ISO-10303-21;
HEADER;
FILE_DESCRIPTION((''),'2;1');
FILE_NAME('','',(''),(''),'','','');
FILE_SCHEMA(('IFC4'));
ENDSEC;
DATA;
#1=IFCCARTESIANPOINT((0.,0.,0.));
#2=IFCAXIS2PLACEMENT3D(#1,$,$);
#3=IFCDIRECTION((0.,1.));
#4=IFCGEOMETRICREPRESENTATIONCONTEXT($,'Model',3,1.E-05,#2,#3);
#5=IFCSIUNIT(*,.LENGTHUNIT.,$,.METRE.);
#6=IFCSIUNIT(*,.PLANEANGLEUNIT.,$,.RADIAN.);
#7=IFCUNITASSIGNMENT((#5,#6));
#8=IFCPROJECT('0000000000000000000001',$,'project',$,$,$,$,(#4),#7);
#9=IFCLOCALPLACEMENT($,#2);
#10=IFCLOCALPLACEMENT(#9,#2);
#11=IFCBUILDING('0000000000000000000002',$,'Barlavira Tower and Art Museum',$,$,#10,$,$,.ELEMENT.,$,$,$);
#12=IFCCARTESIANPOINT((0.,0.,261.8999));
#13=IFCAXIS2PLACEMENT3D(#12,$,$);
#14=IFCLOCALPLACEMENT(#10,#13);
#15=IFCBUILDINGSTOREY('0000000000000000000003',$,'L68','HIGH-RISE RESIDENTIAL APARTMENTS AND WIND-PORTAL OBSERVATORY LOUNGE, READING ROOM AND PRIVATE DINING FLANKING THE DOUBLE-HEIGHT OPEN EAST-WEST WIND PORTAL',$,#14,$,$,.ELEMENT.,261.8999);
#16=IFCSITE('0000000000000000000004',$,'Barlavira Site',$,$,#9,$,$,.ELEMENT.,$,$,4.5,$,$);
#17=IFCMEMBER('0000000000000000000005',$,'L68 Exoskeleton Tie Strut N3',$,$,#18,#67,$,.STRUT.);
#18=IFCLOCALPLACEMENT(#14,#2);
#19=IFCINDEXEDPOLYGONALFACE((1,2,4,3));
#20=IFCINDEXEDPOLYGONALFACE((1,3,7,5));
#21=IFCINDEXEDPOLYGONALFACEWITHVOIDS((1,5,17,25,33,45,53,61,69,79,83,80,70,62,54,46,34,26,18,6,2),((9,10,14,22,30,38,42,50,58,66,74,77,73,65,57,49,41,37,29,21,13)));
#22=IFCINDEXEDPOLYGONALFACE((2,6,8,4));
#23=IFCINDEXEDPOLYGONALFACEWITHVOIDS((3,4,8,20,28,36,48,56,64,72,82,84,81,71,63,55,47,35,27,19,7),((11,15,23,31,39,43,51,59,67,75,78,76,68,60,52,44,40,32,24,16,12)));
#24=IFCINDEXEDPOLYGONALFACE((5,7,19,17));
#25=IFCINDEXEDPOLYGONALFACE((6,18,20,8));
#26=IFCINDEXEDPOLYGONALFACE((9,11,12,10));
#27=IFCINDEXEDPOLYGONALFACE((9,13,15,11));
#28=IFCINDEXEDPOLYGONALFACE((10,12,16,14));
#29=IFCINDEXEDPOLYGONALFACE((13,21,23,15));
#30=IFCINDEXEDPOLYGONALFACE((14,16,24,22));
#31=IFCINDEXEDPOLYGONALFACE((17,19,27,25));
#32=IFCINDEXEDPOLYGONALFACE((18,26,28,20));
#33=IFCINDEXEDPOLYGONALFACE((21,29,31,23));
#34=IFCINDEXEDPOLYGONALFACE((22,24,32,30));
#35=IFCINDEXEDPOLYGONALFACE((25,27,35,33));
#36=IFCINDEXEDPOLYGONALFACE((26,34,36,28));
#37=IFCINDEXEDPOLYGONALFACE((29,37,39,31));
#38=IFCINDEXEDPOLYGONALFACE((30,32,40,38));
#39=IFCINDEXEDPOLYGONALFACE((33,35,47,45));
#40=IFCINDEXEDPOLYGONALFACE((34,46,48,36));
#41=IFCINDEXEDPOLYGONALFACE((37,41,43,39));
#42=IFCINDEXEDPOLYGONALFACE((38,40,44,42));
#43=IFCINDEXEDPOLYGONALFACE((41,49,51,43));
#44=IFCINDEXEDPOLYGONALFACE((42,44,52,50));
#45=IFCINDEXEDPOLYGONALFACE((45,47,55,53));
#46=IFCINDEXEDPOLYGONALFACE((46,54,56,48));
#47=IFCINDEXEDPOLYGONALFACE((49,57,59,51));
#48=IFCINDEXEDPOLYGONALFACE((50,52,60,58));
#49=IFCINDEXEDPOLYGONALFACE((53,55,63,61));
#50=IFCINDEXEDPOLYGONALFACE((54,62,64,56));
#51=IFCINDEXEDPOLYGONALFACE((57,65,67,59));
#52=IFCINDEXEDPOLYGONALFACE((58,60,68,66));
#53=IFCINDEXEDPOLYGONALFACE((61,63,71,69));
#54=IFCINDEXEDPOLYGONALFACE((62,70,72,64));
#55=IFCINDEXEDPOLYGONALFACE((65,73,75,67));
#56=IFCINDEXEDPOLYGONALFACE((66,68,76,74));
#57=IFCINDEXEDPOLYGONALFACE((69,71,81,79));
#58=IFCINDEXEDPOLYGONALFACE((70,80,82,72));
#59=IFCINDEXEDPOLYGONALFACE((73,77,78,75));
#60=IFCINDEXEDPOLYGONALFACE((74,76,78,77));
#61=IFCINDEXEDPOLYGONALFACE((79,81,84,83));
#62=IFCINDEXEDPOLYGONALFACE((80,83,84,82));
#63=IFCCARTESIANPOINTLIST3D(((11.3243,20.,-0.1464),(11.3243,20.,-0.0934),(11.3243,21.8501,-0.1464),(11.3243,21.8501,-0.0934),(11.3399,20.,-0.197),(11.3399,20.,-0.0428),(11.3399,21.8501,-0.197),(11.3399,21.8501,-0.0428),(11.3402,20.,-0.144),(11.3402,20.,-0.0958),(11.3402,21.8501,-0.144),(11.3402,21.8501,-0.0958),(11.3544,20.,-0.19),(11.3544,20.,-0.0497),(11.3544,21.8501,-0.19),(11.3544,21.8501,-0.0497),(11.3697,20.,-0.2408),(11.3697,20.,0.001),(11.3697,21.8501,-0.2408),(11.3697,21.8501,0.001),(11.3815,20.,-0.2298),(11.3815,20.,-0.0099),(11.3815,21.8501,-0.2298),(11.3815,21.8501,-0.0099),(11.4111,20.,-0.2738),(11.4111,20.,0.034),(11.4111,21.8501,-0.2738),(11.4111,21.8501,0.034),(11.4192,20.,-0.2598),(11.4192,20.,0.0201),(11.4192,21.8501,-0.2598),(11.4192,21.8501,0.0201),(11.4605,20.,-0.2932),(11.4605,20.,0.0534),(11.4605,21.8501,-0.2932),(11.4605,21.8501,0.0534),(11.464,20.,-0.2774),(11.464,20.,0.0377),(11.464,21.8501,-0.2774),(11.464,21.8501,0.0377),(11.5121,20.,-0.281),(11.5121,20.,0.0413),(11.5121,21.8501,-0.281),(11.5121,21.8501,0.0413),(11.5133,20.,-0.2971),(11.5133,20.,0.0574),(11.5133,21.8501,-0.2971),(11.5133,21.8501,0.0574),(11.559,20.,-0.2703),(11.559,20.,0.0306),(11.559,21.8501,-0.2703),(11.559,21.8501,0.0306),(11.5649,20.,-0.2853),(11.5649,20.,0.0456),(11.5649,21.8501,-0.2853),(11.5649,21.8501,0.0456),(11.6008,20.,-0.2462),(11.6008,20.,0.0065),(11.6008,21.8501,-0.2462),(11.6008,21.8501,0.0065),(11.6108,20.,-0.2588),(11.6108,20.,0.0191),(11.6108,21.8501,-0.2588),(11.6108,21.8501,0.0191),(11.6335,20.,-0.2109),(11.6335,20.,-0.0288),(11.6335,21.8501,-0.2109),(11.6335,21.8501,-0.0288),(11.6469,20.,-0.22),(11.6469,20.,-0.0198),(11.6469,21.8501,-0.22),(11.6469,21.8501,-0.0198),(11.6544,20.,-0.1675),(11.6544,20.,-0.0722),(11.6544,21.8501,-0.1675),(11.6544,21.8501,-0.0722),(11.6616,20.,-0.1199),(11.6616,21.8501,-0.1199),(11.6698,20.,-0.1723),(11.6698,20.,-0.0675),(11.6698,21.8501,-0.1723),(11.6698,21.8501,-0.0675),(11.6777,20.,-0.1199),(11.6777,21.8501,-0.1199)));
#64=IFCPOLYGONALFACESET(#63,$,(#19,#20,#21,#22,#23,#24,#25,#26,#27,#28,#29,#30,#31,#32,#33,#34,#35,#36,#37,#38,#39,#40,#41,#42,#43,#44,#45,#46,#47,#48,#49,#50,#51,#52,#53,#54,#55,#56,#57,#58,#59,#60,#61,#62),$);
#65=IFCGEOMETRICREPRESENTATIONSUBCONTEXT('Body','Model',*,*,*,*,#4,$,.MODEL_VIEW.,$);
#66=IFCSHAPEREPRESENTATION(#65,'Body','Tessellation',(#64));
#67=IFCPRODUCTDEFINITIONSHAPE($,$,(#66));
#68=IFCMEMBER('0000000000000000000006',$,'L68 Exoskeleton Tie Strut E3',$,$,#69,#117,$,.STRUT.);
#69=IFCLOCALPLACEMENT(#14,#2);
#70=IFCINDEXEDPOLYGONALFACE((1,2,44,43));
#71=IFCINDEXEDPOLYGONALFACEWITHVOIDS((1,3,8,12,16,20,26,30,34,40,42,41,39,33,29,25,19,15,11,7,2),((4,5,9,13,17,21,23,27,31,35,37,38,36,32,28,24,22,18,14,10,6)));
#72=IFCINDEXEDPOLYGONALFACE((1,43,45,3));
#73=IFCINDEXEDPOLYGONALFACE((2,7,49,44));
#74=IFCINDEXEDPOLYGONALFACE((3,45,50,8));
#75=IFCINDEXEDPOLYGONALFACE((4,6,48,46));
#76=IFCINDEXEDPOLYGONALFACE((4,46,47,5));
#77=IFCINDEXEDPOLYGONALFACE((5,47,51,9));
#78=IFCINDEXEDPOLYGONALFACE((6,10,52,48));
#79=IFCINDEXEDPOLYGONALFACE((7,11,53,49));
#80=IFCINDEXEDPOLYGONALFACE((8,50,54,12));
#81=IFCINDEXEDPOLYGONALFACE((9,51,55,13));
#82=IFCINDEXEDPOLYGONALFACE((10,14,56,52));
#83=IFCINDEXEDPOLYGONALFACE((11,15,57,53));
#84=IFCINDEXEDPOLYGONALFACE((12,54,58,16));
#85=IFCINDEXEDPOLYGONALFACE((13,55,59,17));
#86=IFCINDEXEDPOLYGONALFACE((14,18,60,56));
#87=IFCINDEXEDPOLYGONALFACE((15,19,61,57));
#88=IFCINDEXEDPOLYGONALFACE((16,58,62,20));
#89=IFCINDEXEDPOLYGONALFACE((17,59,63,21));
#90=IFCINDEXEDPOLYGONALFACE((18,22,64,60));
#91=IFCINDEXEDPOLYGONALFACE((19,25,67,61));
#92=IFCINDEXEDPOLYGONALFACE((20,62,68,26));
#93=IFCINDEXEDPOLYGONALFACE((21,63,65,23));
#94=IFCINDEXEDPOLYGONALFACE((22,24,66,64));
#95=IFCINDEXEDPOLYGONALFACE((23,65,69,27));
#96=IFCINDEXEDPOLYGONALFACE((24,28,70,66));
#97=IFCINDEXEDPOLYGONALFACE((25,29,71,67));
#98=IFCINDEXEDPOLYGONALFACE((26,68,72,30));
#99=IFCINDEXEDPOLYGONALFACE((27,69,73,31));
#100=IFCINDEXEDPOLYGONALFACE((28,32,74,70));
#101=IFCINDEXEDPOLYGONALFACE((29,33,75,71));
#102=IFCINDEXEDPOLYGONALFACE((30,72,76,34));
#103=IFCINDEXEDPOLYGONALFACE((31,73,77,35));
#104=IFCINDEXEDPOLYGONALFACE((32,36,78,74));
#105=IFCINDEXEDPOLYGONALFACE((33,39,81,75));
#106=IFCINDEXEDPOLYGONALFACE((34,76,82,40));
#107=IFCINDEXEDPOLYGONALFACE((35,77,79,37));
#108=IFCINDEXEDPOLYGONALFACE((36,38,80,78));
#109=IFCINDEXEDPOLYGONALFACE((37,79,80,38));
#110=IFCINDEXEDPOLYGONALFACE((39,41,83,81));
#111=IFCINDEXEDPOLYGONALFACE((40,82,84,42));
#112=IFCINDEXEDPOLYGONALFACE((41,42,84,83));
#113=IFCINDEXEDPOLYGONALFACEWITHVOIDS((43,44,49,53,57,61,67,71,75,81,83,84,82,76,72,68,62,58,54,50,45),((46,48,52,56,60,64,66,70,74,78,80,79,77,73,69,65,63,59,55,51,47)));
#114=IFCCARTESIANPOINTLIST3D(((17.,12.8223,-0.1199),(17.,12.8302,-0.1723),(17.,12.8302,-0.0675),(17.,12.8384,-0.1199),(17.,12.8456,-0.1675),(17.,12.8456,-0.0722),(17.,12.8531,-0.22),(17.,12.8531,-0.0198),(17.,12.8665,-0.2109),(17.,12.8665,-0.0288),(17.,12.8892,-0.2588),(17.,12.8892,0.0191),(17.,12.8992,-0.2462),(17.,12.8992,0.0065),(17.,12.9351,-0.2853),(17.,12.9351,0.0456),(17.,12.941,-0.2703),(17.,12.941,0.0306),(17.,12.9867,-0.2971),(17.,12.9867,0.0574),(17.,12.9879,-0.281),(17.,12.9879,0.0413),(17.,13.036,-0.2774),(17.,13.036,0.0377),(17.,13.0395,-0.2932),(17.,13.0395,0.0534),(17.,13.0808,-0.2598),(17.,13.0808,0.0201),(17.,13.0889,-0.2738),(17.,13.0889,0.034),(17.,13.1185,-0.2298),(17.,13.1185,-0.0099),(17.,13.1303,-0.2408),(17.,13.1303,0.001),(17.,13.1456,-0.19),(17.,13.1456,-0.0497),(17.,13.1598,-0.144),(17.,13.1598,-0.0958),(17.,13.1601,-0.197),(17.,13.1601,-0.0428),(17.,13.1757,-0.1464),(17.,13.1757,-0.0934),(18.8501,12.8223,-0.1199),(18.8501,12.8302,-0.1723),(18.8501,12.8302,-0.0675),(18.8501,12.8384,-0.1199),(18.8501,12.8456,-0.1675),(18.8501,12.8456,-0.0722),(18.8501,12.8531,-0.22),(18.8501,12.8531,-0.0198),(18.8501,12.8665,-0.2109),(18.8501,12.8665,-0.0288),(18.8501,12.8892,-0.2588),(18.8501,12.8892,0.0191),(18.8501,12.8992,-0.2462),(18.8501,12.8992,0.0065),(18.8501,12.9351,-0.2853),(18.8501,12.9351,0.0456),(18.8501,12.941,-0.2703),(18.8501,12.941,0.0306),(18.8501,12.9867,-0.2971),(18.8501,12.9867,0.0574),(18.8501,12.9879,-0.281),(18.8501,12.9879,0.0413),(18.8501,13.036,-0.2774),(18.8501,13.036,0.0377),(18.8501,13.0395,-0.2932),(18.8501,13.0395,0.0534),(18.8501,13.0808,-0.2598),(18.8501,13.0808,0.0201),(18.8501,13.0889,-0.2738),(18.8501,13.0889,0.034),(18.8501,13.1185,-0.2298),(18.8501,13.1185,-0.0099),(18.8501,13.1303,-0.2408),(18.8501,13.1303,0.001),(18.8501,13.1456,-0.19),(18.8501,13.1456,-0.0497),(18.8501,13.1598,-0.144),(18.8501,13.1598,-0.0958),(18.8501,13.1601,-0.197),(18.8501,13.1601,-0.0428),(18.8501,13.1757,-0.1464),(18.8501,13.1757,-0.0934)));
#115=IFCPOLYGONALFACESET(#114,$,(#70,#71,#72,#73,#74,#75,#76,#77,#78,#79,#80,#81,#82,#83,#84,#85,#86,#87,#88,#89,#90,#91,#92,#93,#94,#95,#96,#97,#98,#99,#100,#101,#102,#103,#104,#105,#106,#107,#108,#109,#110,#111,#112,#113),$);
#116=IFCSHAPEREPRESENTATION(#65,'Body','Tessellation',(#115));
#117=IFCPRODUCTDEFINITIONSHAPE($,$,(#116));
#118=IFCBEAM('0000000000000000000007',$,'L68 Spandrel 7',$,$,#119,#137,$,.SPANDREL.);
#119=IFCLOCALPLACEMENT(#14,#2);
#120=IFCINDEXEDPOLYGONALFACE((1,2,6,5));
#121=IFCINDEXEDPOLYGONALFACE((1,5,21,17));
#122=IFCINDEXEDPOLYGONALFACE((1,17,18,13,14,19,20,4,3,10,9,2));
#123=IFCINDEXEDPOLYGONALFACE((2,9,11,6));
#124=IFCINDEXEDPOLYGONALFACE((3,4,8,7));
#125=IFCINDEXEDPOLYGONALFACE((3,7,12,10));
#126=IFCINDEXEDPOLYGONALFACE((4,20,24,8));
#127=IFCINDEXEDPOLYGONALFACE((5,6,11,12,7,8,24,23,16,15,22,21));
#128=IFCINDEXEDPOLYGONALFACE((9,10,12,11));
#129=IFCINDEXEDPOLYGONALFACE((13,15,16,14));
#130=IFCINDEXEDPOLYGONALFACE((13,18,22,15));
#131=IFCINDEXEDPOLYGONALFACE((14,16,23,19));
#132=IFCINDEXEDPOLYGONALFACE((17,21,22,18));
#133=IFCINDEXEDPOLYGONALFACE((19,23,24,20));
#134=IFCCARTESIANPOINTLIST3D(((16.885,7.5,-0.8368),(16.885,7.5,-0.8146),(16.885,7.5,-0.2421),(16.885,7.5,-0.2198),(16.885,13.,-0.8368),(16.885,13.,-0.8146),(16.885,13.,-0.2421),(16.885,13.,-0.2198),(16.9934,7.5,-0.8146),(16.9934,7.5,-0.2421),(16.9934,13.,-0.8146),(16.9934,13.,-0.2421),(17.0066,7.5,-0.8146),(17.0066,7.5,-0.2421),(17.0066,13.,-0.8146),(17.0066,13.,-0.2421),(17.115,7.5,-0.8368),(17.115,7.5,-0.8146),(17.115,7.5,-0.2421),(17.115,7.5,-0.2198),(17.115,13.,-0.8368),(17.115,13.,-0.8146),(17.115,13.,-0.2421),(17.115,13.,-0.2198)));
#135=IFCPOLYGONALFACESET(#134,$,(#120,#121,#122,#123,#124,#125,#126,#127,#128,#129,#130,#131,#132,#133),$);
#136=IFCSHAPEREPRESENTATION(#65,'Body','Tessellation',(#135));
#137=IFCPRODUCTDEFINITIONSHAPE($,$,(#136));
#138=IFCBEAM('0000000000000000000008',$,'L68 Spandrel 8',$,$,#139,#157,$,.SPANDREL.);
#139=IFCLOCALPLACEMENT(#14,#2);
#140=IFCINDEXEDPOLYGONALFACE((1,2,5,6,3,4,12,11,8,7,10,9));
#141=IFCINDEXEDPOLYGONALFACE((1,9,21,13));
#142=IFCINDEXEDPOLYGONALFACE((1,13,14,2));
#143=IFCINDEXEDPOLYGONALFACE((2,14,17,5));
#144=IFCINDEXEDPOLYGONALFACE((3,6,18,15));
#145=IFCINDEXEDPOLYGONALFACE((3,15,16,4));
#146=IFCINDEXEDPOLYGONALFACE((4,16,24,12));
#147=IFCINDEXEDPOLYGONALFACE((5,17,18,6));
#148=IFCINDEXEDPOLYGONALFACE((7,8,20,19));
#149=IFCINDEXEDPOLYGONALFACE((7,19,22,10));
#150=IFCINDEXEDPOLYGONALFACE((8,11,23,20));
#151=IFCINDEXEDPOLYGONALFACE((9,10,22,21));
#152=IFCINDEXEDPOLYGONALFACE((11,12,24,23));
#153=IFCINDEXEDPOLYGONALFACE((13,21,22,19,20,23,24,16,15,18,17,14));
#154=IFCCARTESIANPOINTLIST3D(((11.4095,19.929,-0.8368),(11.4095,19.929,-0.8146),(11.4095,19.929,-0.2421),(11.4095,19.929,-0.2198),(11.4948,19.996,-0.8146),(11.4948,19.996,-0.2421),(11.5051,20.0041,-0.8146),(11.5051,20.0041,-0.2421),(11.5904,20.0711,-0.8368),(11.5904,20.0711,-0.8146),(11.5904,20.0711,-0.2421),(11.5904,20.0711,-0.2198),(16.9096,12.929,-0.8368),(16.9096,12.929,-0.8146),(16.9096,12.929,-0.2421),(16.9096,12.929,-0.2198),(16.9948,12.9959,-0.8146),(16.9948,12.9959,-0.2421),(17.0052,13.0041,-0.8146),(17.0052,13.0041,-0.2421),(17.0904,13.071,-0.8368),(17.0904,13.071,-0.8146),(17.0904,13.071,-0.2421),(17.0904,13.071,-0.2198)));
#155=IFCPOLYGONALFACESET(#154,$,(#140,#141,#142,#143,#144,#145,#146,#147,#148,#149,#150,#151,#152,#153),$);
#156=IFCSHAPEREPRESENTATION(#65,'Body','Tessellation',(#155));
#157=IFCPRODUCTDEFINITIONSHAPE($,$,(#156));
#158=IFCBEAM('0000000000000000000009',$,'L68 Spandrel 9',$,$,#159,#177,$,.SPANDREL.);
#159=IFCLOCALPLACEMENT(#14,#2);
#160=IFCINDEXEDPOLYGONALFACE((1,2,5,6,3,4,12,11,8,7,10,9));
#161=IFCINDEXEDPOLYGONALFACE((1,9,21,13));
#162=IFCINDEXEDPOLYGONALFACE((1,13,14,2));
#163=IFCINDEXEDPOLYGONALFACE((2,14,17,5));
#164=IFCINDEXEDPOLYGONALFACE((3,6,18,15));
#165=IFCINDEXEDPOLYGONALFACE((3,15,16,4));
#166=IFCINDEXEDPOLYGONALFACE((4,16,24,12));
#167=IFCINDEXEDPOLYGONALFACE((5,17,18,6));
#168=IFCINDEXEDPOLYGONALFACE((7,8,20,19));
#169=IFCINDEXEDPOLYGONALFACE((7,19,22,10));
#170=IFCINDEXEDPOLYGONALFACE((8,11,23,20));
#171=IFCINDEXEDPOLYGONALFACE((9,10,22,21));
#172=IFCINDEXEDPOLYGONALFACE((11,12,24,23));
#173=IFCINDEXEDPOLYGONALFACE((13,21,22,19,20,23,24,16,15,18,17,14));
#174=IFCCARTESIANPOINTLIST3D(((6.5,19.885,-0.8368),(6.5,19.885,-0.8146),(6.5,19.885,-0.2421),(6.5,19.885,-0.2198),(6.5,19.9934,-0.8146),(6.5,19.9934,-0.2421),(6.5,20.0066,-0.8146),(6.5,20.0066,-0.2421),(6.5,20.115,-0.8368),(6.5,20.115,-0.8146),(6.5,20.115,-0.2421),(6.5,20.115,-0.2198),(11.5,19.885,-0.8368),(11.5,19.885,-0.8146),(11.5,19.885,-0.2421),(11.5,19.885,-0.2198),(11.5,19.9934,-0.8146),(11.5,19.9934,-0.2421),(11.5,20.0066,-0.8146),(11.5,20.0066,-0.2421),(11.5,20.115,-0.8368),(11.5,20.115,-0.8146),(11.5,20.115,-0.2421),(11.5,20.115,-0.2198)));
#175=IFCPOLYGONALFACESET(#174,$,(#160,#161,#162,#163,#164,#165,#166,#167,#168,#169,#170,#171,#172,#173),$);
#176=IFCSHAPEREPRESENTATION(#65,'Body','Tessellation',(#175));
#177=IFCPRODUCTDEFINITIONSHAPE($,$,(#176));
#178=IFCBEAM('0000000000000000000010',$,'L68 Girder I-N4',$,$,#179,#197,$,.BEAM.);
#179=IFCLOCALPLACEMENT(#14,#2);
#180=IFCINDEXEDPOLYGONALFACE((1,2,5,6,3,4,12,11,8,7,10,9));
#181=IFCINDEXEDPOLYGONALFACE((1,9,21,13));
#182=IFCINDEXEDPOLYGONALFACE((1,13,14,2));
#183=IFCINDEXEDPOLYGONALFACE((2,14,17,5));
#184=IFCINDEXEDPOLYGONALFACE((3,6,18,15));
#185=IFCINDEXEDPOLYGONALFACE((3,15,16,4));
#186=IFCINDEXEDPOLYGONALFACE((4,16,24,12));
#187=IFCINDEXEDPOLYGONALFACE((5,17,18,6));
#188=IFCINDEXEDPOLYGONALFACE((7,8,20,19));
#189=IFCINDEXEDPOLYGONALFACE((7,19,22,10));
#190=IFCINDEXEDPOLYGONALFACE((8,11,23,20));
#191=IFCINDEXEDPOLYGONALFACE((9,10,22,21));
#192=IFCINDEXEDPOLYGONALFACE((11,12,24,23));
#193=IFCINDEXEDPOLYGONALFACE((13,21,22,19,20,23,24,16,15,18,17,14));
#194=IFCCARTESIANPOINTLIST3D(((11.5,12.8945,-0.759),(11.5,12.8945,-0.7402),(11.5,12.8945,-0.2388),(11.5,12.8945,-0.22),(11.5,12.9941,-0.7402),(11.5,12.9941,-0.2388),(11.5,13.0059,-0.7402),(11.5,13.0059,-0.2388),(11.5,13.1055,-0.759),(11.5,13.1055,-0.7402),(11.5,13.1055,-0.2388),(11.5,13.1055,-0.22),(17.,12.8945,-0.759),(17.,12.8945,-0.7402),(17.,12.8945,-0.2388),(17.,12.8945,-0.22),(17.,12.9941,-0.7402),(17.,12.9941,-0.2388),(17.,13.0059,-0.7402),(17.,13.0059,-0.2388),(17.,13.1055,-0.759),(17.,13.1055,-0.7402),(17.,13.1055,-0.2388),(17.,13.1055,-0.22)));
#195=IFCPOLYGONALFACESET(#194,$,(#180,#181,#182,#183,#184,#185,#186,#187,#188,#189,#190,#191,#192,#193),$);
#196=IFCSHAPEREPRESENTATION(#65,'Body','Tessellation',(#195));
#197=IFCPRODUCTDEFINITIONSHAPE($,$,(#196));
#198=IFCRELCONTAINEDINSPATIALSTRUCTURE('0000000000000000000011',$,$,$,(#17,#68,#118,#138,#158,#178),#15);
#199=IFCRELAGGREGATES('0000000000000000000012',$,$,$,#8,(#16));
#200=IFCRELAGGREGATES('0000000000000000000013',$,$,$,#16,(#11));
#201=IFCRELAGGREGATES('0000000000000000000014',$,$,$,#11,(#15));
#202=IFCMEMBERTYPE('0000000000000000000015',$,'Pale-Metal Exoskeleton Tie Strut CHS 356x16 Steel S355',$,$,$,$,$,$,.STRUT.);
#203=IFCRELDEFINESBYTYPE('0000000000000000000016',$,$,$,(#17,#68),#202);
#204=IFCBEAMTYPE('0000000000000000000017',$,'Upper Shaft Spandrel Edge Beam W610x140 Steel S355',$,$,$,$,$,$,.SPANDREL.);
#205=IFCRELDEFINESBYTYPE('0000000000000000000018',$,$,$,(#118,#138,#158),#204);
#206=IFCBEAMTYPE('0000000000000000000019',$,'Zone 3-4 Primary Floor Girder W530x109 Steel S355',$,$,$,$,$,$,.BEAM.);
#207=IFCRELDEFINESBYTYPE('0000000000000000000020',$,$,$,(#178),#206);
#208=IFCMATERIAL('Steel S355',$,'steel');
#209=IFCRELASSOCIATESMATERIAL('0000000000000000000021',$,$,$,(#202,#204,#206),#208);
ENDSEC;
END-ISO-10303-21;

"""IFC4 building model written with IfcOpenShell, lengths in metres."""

from ifc_helpers import new_model, si_unit, direction, frame, origin, origin_2d, place, context, subcontext, project, spatial, hollow_circle, i_section, extrude, material, material_profile, profile_set, type_object, element, save


model = new_model("IFC4")

# Units and contexts
model_context = context("Model", 3, precision=1e-05, world=origin(), true_north=direction((0.0, 1.0)))
body_context = subcontext(model_context, "Body", "Model", "MODEL_VIEW")
ifc_project = project(units=[si_unit("LENGTHUNIT", "METRE"), si_unit("PLANEANGLEUNIT", "RADIAN")], contexts=[model_context])

# Site, building, storey
site_placement = place(None, origin())
site = spatial("IfcSite", under=ifc_project, at=site_placement, Name="Barlavira Site", CompositionType="ELEMENT", RefElevation=4.5)
building_placement = place(site_placement, origin())
building = spatial("IfcBuilding", under=site, at=building_placement, Name="Barlavira Tower and Art Museum", CompositionType="ELEMENT")
storey_placement = place(building_placement, frame((0.0, 0.0, 261.8999)))
storey = spatial("IfcBuildingStorey", under=building, at=storey_placement, Name="L68", Description="HIGH-RISE RESIDENTIAL APARTMENTS AND WIND-PORTAL OBSERVATORY LOUNGE, READING ROOM AND PRIVATE DINING FLANKING THE DOUBLE-HEIGHT OPEN EAST-WEST WIND PORTAL", CompositionType="ELEMENT", Elevation=261.8999)

# Members
ifc_material_1 = material(Name="Steel S355", Category="steel")
ifc_material_profile_1 = material_profile(ifc_material_1, hollow_circle(Radius=0.1777, WallThickness=0.0161, at=origin_2d()), Name="CHS 355.6x16.0")
ifc_profile_set_1 = profile_set([ifc_material_profile_1], Name="Steel S355")
member_type_1 = type_object("IfcMemberType", Name="Pale-Metal Exoskeleton Tie Strut CHS 356x16 Steel S355", PredefinedType="STRUT", material=ifc_profile_set_1)
for number, where, z_axis, x_axis, name in (
    (1, (11.5, 21.8501, -0.1199), (0.0, -1.0, 0.0), (1.0, 0.0, 0.0), "L68 Exoskeleton Tie Strut N3"),
    (2, (18.8501, 13.0, -0.1199), (-1.0, 0.0, 0.0), (0.0, -1.0, 0.0), "L68 Exoskeleton Tie Strut E3"),
):
    element("IfcMember", number, at=place(storey_placement, frame(where, z_axis=z_axis, x_axis=x_axis)), inside=storey, type_object=member_type_1, Name=name, PredefinedType="STRUT", context=body_context, shape_type="SweptSolid", body=[
        extrude(hollow_circle(Radius=0.1777, WallThickness=0.0161, at=origin_2d()), origin(), (0.0, 0.0, 1.0), 1.8501),
    ])

# Beams
ifc_material_profile_2 = material_profile(ifc_material_1, i_section(OverallWidth=0.23, OverallDepth=0.6169, WebThickness=0.0132, FlangeThickness=0.0222, at=origin_2d()), Name="W610x140.0")
ifc_profile_set_2 = profile_set([ifc_material_profile_2], Name="Steel S355")
beam_type_1 = type_object("IfcBeamType", Name="Upper Shaft Spandrel Edge Beam W610x140 Steel S355", PredefinedType="SPANDREL", material=ifc_profile_set_2)
beam_1_placement = place(storey_placement, frame((17.0, 7.5, -0.5283), z_axis=(0.0, 1.0, 0.0), x_axis=(-1.0, 0.0, 0.0)))
element("IfcBeam", 3, at=beam_1_placement, inside=storey, type_object=beam_type_1, Name="L68 Spandrel 7", PredefinedType="SPANDREL", context=body_context, shape_type="SweptSolid", body=[
    extrude(i_section(OverallWidth=0.23, OverallDepth=0.6169, WebThickness=0.0132, FlangeThickness=0.0222, at=origin_2d()), origin(), (0.0, 0.0, 1.0), 5.5),
])
beam_2_placement = place(storey_placement, frame((17.0, 13.0, -0.5283), z_axis=(-0.617822, 0.786318, 0.0), x_axis=(-0.786318, -0.617822, 0.0)))
element("IfcBeam", 4, at=beam_2_placement, inside=storey, type_object=beam_type_1, Name="L68 Spandrel 8", PredefinedType="SPANDREL", context=body_context, shape_type="SweptSolid", body=[
    extrude(i_section(OverallWidth=0.23, OverallDepth=0.6169, WebThickness=0.0132, FlangeThickness=0.0222, at=origin_2d()), origin(), (0.0, 0.0, 1.0), 8.9023),
])
beam_3_placement = place(storey_placement, frame((6.5, 20.0, -0.5283), z_axis=(1.0, 0.0, 0.0), x_axis=(0.0, 1.0, 0.0)))
element("IfcBeam", 5, at=beam_3_placement, inside=storey, type_object=beam_type_1, Name="L68 Spandrel 9", PredefinedType="SPANDREL", context=body_context, shape_type="SweptSolid", body=[
    extrude(i_section(OverallWidth=0.23, OverallDepth=0.6169, WebThickness=0.0132, FlangeThickness=0.0222, at=origin_2d()), origin(), (0.0, 0.0, 1.0), 5.0),
])
ifc_material_profile_3 = material_profile(ifc_material_1, i_section(OverallWidth=0.2109, OverallDepth=0.5391, WebThickness=0.0117, FlangeThickness=0.0188, at=origin_2d()), Name="W530x109.0")
ifc_profile_set_3 = profile_set([ifc_material_profile_3], Name="Steel S355")
beam_type_2 = type_object("IfcBeamType", Name="Zone 3-4 Primary Floor Girder W530x109 Steel S355", PredefinedType="BEAM", material=ifc_profile_set_3)
beam_4_placement = place(storey_placement, frame((11.5, 13.0, -0.4895), z_axis=(1.0, 0.0, 0.0), x_axis=(0.0, 1.0, 0.0)))
element("IfcBeam", 6, at=beam_4_placement, inside=storey, type_object=beam_type_2, Name="L68 Girder I-N4", PredefinedType="BEAM", context=body_context, shape_type="SweptSolid", body=[
    extrude(i_section(OverallWidth=0.2109, OverallDepth=0.5391, WebThickness=0.0117, FlangeThickness=0.0188, at=origin_2d()), origin(), (0.0, 0.0, 1.0), 5.5),
])

save(model, "model.ifc")
